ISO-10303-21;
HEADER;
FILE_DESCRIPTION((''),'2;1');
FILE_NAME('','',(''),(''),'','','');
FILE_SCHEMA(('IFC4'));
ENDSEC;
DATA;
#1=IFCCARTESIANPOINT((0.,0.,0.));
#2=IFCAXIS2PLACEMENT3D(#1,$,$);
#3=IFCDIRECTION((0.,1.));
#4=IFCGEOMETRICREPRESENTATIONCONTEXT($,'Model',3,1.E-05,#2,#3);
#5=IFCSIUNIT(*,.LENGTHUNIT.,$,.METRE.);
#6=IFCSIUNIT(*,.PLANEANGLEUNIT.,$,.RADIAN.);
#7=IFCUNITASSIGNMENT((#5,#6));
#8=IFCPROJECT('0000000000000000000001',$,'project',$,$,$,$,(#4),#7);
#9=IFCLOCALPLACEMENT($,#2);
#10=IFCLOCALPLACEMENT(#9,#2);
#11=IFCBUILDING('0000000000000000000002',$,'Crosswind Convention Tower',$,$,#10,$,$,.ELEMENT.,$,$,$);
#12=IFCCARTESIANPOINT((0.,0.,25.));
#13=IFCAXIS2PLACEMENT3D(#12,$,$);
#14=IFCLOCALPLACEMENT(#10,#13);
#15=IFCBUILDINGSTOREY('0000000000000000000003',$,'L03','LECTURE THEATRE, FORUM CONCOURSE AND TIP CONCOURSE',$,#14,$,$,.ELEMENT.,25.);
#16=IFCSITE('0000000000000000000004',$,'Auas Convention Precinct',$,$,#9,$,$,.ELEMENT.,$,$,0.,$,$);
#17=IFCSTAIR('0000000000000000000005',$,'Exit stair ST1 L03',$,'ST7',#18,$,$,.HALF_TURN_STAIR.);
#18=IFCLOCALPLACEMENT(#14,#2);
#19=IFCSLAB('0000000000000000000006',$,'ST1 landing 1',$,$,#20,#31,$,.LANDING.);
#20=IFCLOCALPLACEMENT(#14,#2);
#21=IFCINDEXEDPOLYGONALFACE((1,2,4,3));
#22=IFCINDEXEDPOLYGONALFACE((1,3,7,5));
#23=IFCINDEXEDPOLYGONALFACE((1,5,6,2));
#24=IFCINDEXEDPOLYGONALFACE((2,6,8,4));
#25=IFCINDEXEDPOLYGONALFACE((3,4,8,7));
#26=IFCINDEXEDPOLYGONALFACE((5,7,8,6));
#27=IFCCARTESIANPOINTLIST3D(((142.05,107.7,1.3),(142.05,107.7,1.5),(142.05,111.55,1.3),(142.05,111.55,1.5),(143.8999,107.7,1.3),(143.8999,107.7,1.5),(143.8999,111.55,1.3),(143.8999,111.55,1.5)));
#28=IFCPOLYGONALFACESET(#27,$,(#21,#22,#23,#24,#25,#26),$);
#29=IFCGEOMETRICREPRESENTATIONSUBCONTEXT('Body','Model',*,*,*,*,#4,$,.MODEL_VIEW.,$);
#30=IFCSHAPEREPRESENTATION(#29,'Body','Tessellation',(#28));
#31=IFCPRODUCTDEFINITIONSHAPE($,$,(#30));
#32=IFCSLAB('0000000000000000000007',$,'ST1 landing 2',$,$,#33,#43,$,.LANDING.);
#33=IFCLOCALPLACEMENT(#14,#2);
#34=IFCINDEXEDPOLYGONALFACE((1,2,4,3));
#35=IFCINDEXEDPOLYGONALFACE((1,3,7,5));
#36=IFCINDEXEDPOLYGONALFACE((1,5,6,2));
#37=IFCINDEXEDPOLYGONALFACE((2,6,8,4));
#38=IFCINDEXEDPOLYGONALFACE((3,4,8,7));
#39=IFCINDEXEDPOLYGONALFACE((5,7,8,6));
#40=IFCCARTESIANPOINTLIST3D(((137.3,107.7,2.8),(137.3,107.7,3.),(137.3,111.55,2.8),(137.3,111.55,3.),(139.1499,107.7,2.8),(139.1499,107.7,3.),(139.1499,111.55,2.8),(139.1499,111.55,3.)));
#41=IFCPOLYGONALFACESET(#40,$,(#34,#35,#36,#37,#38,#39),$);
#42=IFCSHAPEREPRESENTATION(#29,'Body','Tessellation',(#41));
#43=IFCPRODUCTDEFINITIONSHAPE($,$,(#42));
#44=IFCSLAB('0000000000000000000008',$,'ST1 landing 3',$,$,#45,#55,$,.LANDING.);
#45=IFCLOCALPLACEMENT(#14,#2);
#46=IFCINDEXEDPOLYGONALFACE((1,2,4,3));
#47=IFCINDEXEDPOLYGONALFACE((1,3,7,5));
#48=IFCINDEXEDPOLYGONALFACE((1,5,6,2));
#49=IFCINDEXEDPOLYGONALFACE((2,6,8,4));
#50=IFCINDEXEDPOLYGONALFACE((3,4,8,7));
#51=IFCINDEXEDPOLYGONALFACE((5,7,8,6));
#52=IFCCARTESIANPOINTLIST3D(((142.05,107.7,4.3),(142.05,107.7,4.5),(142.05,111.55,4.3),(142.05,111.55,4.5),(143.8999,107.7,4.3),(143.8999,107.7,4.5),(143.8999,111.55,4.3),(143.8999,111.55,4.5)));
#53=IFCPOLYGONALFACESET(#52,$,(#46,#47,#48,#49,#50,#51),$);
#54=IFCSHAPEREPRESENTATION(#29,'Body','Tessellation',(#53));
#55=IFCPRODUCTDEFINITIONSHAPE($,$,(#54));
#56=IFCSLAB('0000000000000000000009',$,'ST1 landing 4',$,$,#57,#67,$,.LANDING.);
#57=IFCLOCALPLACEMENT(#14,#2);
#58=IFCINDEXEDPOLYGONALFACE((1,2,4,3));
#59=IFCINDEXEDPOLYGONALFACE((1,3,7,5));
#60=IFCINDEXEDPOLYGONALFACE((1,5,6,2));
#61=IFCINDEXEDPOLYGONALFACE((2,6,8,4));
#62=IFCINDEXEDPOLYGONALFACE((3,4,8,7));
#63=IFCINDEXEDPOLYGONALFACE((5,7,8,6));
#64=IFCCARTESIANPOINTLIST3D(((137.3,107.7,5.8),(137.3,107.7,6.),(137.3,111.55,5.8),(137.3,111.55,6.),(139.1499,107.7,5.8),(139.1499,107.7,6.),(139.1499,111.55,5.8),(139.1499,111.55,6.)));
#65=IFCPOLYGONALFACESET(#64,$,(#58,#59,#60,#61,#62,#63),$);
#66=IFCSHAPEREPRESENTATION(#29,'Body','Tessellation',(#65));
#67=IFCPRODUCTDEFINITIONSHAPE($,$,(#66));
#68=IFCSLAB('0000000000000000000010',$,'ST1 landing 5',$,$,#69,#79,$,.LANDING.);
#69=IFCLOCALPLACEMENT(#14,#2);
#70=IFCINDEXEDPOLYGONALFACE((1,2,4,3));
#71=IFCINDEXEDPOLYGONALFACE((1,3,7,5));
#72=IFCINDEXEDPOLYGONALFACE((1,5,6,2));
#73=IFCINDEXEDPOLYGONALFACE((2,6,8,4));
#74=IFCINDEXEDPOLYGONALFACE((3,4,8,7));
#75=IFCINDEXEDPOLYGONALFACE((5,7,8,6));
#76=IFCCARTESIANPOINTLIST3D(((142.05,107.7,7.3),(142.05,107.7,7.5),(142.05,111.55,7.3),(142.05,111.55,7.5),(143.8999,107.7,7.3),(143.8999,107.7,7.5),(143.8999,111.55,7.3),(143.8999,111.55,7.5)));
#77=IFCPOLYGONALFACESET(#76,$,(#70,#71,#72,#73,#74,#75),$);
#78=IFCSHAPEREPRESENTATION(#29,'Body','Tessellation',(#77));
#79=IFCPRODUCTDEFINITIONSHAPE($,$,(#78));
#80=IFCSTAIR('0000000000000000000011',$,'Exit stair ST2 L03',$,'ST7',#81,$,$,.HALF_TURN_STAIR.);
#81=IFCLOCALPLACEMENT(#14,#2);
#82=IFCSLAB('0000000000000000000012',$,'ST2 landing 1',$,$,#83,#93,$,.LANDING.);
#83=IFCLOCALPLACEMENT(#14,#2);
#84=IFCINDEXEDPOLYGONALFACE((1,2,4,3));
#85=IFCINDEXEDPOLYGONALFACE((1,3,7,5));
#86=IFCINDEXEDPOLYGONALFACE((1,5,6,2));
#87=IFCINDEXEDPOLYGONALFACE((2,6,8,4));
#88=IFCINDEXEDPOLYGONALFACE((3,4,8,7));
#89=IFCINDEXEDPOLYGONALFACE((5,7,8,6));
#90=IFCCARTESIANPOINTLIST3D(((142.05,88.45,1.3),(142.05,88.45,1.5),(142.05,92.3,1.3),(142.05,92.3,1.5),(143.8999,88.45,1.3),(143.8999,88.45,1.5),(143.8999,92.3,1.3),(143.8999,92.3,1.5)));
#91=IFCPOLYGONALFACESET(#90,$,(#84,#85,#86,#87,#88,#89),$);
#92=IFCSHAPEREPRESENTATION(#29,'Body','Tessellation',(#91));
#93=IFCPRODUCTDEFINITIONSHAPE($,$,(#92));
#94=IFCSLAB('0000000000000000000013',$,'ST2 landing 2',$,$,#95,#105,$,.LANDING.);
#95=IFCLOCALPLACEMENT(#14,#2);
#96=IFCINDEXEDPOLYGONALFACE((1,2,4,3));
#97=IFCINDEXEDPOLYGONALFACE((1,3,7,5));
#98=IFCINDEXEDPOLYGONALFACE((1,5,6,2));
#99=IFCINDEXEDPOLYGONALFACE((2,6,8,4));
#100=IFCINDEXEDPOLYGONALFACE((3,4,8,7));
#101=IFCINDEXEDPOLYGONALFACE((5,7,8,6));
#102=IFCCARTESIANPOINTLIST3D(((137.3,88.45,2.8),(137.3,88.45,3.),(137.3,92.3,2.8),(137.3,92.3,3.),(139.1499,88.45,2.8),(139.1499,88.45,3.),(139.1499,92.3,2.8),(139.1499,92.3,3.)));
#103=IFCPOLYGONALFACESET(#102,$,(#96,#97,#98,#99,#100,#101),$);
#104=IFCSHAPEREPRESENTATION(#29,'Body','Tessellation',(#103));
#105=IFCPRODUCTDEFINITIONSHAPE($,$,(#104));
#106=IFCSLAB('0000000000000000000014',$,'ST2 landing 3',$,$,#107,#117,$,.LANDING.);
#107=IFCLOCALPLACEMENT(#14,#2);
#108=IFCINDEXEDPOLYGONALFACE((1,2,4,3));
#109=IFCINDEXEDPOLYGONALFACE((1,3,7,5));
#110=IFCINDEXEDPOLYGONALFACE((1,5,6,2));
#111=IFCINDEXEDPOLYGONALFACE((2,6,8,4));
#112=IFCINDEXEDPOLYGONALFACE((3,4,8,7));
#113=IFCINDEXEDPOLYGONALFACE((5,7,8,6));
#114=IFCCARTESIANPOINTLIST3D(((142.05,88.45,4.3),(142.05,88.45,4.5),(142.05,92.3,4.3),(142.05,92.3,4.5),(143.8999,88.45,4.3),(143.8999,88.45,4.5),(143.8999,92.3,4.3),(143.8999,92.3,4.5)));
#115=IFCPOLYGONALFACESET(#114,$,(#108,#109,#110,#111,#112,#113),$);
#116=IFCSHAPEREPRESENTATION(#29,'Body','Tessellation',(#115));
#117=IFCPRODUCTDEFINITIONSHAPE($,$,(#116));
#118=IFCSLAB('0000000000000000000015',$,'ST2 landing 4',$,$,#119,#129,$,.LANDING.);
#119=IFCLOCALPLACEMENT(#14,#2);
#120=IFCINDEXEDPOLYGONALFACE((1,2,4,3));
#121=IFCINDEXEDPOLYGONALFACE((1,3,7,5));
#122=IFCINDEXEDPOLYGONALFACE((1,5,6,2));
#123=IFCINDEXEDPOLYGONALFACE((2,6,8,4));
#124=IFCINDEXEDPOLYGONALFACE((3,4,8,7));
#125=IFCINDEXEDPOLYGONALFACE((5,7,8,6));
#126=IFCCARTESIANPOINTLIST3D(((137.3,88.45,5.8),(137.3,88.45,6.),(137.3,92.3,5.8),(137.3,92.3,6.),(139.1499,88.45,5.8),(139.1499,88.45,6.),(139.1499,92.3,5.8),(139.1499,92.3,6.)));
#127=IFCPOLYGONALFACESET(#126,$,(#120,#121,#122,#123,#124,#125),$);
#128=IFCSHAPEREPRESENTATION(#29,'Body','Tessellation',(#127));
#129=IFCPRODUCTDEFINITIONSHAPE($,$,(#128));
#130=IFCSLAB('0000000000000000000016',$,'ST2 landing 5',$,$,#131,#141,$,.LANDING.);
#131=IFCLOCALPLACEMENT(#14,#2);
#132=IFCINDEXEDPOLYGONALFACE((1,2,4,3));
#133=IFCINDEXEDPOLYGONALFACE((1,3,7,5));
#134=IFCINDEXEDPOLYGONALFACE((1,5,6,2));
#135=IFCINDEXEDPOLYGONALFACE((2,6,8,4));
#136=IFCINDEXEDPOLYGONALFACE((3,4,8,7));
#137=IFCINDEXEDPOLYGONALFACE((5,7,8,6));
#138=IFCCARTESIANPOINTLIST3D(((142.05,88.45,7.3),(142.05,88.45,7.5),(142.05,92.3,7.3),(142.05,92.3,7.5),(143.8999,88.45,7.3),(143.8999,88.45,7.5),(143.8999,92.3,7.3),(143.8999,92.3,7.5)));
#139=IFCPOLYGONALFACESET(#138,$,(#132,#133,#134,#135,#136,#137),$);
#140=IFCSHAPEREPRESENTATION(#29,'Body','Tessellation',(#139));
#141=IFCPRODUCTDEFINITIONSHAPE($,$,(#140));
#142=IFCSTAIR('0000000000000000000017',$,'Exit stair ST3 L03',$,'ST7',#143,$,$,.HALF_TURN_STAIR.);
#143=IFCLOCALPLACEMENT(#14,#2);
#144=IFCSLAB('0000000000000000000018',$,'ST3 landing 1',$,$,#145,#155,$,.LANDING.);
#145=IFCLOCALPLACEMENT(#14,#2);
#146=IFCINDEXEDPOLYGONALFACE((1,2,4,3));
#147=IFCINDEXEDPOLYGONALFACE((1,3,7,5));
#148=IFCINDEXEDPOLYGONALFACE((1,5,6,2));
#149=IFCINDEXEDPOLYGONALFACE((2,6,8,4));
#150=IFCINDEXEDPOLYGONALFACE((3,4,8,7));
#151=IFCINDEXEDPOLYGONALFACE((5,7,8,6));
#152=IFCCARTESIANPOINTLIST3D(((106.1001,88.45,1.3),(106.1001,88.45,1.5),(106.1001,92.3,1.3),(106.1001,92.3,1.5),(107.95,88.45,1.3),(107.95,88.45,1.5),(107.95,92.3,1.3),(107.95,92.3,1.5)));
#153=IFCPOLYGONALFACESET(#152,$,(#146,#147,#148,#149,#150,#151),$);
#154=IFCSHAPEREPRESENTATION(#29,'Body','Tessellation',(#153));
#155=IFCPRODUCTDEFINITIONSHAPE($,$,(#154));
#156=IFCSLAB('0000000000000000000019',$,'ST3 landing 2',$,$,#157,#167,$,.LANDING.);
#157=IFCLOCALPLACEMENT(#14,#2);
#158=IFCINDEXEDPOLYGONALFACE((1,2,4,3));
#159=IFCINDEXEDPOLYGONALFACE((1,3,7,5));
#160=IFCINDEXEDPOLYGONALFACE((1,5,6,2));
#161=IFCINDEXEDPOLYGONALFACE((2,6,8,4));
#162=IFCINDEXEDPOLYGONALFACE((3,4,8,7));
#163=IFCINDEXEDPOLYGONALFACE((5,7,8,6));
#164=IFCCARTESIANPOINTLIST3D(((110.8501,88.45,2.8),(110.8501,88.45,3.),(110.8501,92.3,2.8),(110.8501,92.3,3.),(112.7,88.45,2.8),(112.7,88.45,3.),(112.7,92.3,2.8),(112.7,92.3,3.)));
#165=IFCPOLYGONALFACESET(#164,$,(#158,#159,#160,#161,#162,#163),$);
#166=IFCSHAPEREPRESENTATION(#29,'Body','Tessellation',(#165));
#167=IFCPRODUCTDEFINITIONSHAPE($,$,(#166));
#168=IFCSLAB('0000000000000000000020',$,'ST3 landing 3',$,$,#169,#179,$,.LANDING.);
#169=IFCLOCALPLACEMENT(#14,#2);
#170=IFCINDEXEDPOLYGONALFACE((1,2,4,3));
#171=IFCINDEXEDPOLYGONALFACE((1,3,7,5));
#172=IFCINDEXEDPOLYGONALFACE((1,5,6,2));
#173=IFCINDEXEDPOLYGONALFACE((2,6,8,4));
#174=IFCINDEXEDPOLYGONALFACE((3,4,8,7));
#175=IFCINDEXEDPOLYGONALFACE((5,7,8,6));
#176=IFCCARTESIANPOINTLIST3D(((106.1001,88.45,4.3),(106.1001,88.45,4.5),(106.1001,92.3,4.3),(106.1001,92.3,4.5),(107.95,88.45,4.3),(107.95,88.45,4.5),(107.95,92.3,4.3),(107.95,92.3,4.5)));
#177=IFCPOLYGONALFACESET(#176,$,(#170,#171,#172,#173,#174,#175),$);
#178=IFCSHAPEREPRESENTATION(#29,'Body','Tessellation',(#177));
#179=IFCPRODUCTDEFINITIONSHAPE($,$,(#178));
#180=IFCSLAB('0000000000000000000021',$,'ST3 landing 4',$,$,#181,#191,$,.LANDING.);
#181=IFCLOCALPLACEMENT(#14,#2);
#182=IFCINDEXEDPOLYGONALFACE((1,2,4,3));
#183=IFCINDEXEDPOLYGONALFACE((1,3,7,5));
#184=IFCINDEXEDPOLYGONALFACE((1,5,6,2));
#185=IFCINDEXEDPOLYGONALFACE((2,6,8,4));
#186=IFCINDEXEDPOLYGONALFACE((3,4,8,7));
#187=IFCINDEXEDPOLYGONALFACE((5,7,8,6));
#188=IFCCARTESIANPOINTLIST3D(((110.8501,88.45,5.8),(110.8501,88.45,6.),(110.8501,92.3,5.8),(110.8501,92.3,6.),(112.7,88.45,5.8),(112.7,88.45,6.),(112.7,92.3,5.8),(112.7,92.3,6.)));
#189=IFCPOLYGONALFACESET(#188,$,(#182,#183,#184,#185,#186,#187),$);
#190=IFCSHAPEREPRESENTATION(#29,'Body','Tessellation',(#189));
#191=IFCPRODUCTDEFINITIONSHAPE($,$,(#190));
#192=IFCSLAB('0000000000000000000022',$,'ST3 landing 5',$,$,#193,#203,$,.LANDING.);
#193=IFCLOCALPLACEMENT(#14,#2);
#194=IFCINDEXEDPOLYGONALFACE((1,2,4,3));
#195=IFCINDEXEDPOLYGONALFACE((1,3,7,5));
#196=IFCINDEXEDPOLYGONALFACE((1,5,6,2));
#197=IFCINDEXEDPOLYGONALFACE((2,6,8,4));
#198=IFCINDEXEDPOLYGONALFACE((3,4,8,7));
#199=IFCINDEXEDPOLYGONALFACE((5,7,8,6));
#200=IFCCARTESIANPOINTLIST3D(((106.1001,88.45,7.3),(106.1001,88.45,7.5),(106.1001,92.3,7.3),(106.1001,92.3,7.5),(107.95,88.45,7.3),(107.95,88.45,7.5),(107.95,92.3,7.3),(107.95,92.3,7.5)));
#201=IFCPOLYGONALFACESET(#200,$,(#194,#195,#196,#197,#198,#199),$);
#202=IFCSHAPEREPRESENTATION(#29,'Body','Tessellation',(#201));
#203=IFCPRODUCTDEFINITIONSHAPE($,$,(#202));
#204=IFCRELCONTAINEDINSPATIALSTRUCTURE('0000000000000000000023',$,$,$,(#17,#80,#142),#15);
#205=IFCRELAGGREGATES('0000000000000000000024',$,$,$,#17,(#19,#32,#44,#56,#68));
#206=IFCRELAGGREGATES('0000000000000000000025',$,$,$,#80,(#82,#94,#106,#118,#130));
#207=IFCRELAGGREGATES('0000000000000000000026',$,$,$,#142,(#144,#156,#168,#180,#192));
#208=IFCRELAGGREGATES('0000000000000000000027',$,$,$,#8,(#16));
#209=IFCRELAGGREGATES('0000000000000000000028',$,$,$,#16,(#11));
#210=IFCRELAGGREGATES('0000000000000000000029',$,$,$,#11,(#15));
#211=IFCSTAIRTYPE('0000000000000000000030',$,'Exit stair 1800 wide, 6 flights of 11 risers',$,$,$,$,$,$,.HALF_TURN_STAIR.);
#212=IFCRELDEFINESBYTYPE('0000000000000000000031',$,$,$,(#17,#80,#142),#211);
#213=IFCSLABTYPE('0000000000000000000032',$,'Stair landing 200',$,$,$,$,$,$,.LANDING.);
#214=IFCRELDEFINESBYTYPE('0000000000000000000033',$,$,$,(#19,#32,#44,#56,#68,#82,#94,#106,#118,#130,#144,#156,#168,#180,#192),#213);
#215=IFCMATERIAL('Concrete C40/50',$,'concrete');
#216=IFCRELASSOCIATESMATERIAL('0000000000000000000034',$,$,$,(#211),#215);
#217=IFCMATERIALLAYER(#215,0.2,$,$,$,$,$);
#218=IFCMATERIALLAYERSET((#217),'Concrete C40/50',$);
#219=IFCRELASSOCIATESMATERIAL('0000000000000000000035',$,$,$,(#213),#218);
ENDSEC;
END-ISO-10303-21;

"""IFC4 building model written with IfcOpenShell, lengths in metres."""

from ifc_helpers import new_model, si_unit, direction, frame, origin, place, context, subcontext, project, spatial, polyline, outline, extrude, material, layer, layer_set, type_object, element, aggregate, save


model = new_model("IFC4")

# Units and contexts
model_context = context("Model", 3, precision=1e-05, world=origin(), true_north=direction((0.0, 1.0)))
body_context = subcontext(model_context, "Body", "Model", "MODEL_VIEW")
ifc_project = project(units=[si_unit("LENGTHUNIT", "METRE"), si_unit("PLANEANGLEUNIT", "RADIAN")], contexts=[model_context])

# Site, building, storey
site_placement = place(None, origin())
site = spatial("IfcSite", under=ifc_project, at=site_placement, Name="Auas Convention Precinct", CompositionType="ELEMENT", RefElevation=0.0)
building_placement = place(site_placement, origin())
building = spatial("IfcBuilding", under=site, at=building_placement, Name="Crosswind Convention Tower", CompositionType="ELEMENT")
storey_placement = place(building_placement, frame((0.0, 0.0, 25.0)))
storey = spatial("IfcBuildingStorey", under=building, at=storey_placement, Name="L03", Description="LECTURE THEATRE, FORUM CONCOURSE AND TIP CONCOURSE", CompositionType="ELEMENT", Elevation=25.0)

# Shared definitions
ifc_material = material(Name="Concrete C40/50", Category="concrete")

# Stairs, slabs
stair_type_1 = type_object("IfcStairType", Name="Exit stair 1800 wide, 6 flights of 11 risers", PredefinedType="HALF_TURN_STAIR", material=ifc_material)
stair_1_placement = place(storey_placement, origin())
stair_1 = element("IfcStair", 1, at=stair_1_placement, inside=storey, type_object=stair_type_1, Name="Exit stair ST1 L03", ObjectType="ST7", PredefinedType="HALF_TURN_STAIR")
ifc_layer_1 = layer(ifc_material, 0.2)
ifc_layer_set_1 = layer_set([ifc_layer_1], Name="Concrete C40/50")
slab_type_1 = type_object("IfcSlabType", Name="Stair landing 200", PredefinedType="LANDING", material=ifc_layer_set_1)
slab_1_placement = place(storey_placement, frame((0.0, 0.0, 1.3)))
slab_1 = element("IfcSlab", 2, at=slab_1_placement, type_object=slab_type_1, Name="ST1 landing 1", PredefinedType="LANDING", context=body_context, shape_type="SweptSolid", body=[
    extrude(outline(polyline([(143.8999, 107.7), (143.8999, 111.55), (142.05, 111.55), (142.05, 107.7), (143.8999, 107.7)])), origin(), (0.0, 0.0, 1.0), 0.2),
])
slab_2_placement = place(storey_placement, frame((0.0, 0.0, 2.8)))
slab_2 = element("IfcSlab", 3, at=slab_2_placement, type_object=slab_type_1, Name="ST1 landing 2", PredefinedType="LANDING", context=body_context, shape_type="SweptSolid", body=[
    extrude(outline(polyline([(139.1499, 107.7), (139.1499, 111.55), (137.3, 111.55), (137.3, 107.7), (139.1499, 107.7)])), origin(), (0.0, 0.0, 1.0), 0.2),
])
slab_3_placement = place(storey_placement, frame((0.0, 0.0, 4.3)))
slab_3 = element("IfcSlab", 4, at=slab_3_placement, type_object=slab_type_1, Name="ST1 landing 3", PredefinedType="LANDING", context=body_context, shape_type="SweptSolid", body=[
    extrude(outline(polyline([(143.8999, 107.7), (143.8999, 111.55), (142.05, 111.55), (142.05, 107.7), (143.8999, 107.7)])), origin(), (0.0, 0.0, 1.0), 0.2),
])
slab_4_placement = place(storey_placement, frame((0.0, 0.0, 5.8)))
slab_4 = element("IfcSlab", 5, at=slab_4_placement, type_object=slab_type_1, Name="ST1 landing 4", PredefinedType="LANDING", context=body_context, shape_type="SweptSolid", body=[
    extrude(outline(polyline([(139.1499, 107.7), (139.1499, 111.55), (137.3, 111.55), (137.3, 107.7), (139.1499, 107.7)])), origin(), (0.0, 0.0, 1.0), 0.2),
])
slab_5_placement = place(storey_placement, frame((0.0, 0.0, 7.3)))
slab_5 = element("IfcSlab", 6, at=slab_5_placement, type_object=slab_type_1, Name="ST1 landing 5", PredefinedType="LANDING", context=body_context, shape_type="SweptSolid", body=[
    extrude(outline(polyline([(143.8999, 107.7), (143.8999, 111.55), (142.05, 111.55), (142.05, 107.7), (143.8999, 107.7)])), origin(), (0.0, 0.0, 1.0), 0.2),
])
aggregate(stair_1, [slab_1, slab_2, slab_3, slab_4, slab_5])
stair_2_placement = place(storey_placement, origin())
stair_2 = element("IfcStair", 7, at=stair_2_placement, inside=storey, type_object=stair_type_1, Name="Exit stair ST2 L03", ObjectType="ST7", PredefinedType="HALF_TURN_STAIR")
slab_6_placement = place(storey_placement, frame((0.0, 0.0, 1.3)))
slab_6 = element("IfcSlab", 8, at=slab_6_placement, type_object=slab_type_1, Name="ST2 landing 1", PredefinedType="LANDING", context=body_context, shape_type="SweptSolid", body=[
    extrude(outline(polyline([(143.8999, 88.45), (143.8999, 92.3), (142.05, 92.3), (142.05, 88.45), (143.8999, 88.45)])), origin(), (0.0, 0.0, 1.0), 0.2),
])
slab_7_placement = place(storey_placement, frame((0.0, 0.0, 2.8)))
slab_7 = element("IfcSlab", 9, at=slab_7_placement, type_object=slab_type_1, Name="ST2 landing 2", PredefinedType="LANDING", context=body_context, shape_type="SweptSolid", body=[
    extrude(outline(polyline([(139.1499, 88.45), (139.1499, 92.3), (137.3, 92.3), (137.3, 88.45), (139.1499, 88.45)])), origin(), (0.0, 0.0, 1.0), 0.2),
])
slab_8_placement = place(storey_placement, frame((0.0, 0.0, 4.3)))
slab_8 = element("IfcSlab", 10, at=slab_8_placement, type_object=slab_type_1, Name="ST2 landing 3", PredefinedType="LANDING", context=body_context, shape_type="SweptSolid", body=[
    extrude(outline(polyline([(143.8999, 88.45), (143.8999, 92.3), (142.05, 92.3), (142.05, 88.45), (143.8999, 88.45)])), origin(), (0.0, 0.0, 1.0), 0.2),
])
slab_9_placement = place(storey_placement, frame((0.0, 0.0, 5.8)))
slab_9 = element("IfcSlab", 11, at=slab_9_placement, type_object=slab_type_1, Name="ST2 landing 4", PredefinedType="LANDING", context=body_context, shape_type="SweptSolid", body=[
    extrude(outline(polyline([(139.1499, 88.45), (139.1499, 92.3), (137.3, 92.3), (137.3, 88.45), (139.1499, 88.45)])), origin(), (0.0, 0.0, 1.0), 0.2),
])
slab_10_placement = place(storey_placement, frame((0.0, 0.0, 7.3)))
slab_10 = element("IfcSlab", 12, at=slab_10_placement, type_object=slab_type_1, Name="ST2 landing 5", PredefinedType="LANDING", context=body_context, shape_type="SweptSolid", body=[
    extrude(outline(polyline([(143.8999, 88.45), (143.8999, 92.3), (142.05, 92.3), (142.05, 88.45), (143.8999, 88.45)])), origin(), (0.0, 0.0, 1.0), 0.2),
])
aggregate(stair_2, [slab_6, slab_7, slab_8, slab_9, slab_10])
stair_3_placement = place(storey_placement, origin())
stair_3 = element("IfcStair", 13, at=stair_3_placement, inside=storey, type_object=stair_type_1, Name="Exit stair ST3 L03", ObjectType="ST7", PredefinedType="HALF_TURN_STAIR")
slab_11_placement = place(storey_placement, frame((0.0, 0.0, 1.3)))
slab_11 = element("IfcSlab", 14, at=slab_11_placement, type_object=slab_type_1, Name="ST3 landing 1", PredefinedType="LANDING", context=body_context, shape_type="SweptSolid", body=[
    extrude(outline(polyline([(107.95, 88.45), (107.95, 92.3), (106.1001, 92.3), (106.1001, 88.45), (107.95, 88.45)])), origin(), (0.0, 0.0, 1.0), 0.2),
])
slab_12_placement = place(storey_placement, frame((0.0, 0.0, 2.8)))
slab_12 = element("IfcSlab", 15, at=slab_12_placement, type_object=slab_type_1, Name="ST3 landing 2", PredefinedType="LANDING", context=body_context, shape_type="SweptSolid", body=[
    extrude(outline(polyline([(112.7, 88.45), (112.7, 92.3), (110.8501, 92.3), (110.8501, 88.45), (112.7, 88.45)])), origin(), (0.0, 0.0, 1.0), 0.2),
])
slab_13_placement = place(storey_placement, frame((0.0, 0.0, 4.3)))
slab_13 = element("IfcSlab", 16, at=slab_13_placement, type_object=slab_type_1, Name="ST3 landing 3", PredefinedType="LANDING", context=body_context, shape_type="SweptSolid", body=[
    extrude(outline(polyline([(107.95, 88.45), (107.95, 92.3), (106.1001, 92.3), (106.1001, 88.45), (107.95, 88.45)])), origin(), (0.0, 0.0, 1.0), 0.2),
])
slab_14_placement = place(storey_placement, frame((0.0, 0.0, 5.8)))
slab_14 = element("IfcSlab", 17, at=slab_14_placement, type_object=slab_type_1, Name="ST3 landing 4", PredefinedType="LANDING", context=body_context, shape_type="SweptSolid", body=[
    extrude(outline(polyline([(112.7, 88.45), (112.7, 92.3), (110.8501, 92.3), (110.8501, 88.45), (112.7, 88.45)])), origin(), (0.0, 0.0, 1.0), 0.2),
])
slab_15_placement = place(storey_placement, frame((0.0, 0.0, 7.3)))
slab_15 = element("IfcSlab", 18, at=slab_15_placement, type_object=slab_type_1, Name="ST3 landing 5", PredefinedType="LANDING", context=body_context, shape_type="SweptSolid", body=[
    extrude(outline(polyline([(107.95, 88.45), (107.95, 92.3), (106.1001, 92.3), (106.1001, 88.45), (107.95, 88.45)])), origin(), (0.0, 0.0, 1.0), 0.2),
])
aggregate(stair_3, [slab_11, slab_12, slab_13, slab_14, slab_15])

save(model, "model.ifc")
